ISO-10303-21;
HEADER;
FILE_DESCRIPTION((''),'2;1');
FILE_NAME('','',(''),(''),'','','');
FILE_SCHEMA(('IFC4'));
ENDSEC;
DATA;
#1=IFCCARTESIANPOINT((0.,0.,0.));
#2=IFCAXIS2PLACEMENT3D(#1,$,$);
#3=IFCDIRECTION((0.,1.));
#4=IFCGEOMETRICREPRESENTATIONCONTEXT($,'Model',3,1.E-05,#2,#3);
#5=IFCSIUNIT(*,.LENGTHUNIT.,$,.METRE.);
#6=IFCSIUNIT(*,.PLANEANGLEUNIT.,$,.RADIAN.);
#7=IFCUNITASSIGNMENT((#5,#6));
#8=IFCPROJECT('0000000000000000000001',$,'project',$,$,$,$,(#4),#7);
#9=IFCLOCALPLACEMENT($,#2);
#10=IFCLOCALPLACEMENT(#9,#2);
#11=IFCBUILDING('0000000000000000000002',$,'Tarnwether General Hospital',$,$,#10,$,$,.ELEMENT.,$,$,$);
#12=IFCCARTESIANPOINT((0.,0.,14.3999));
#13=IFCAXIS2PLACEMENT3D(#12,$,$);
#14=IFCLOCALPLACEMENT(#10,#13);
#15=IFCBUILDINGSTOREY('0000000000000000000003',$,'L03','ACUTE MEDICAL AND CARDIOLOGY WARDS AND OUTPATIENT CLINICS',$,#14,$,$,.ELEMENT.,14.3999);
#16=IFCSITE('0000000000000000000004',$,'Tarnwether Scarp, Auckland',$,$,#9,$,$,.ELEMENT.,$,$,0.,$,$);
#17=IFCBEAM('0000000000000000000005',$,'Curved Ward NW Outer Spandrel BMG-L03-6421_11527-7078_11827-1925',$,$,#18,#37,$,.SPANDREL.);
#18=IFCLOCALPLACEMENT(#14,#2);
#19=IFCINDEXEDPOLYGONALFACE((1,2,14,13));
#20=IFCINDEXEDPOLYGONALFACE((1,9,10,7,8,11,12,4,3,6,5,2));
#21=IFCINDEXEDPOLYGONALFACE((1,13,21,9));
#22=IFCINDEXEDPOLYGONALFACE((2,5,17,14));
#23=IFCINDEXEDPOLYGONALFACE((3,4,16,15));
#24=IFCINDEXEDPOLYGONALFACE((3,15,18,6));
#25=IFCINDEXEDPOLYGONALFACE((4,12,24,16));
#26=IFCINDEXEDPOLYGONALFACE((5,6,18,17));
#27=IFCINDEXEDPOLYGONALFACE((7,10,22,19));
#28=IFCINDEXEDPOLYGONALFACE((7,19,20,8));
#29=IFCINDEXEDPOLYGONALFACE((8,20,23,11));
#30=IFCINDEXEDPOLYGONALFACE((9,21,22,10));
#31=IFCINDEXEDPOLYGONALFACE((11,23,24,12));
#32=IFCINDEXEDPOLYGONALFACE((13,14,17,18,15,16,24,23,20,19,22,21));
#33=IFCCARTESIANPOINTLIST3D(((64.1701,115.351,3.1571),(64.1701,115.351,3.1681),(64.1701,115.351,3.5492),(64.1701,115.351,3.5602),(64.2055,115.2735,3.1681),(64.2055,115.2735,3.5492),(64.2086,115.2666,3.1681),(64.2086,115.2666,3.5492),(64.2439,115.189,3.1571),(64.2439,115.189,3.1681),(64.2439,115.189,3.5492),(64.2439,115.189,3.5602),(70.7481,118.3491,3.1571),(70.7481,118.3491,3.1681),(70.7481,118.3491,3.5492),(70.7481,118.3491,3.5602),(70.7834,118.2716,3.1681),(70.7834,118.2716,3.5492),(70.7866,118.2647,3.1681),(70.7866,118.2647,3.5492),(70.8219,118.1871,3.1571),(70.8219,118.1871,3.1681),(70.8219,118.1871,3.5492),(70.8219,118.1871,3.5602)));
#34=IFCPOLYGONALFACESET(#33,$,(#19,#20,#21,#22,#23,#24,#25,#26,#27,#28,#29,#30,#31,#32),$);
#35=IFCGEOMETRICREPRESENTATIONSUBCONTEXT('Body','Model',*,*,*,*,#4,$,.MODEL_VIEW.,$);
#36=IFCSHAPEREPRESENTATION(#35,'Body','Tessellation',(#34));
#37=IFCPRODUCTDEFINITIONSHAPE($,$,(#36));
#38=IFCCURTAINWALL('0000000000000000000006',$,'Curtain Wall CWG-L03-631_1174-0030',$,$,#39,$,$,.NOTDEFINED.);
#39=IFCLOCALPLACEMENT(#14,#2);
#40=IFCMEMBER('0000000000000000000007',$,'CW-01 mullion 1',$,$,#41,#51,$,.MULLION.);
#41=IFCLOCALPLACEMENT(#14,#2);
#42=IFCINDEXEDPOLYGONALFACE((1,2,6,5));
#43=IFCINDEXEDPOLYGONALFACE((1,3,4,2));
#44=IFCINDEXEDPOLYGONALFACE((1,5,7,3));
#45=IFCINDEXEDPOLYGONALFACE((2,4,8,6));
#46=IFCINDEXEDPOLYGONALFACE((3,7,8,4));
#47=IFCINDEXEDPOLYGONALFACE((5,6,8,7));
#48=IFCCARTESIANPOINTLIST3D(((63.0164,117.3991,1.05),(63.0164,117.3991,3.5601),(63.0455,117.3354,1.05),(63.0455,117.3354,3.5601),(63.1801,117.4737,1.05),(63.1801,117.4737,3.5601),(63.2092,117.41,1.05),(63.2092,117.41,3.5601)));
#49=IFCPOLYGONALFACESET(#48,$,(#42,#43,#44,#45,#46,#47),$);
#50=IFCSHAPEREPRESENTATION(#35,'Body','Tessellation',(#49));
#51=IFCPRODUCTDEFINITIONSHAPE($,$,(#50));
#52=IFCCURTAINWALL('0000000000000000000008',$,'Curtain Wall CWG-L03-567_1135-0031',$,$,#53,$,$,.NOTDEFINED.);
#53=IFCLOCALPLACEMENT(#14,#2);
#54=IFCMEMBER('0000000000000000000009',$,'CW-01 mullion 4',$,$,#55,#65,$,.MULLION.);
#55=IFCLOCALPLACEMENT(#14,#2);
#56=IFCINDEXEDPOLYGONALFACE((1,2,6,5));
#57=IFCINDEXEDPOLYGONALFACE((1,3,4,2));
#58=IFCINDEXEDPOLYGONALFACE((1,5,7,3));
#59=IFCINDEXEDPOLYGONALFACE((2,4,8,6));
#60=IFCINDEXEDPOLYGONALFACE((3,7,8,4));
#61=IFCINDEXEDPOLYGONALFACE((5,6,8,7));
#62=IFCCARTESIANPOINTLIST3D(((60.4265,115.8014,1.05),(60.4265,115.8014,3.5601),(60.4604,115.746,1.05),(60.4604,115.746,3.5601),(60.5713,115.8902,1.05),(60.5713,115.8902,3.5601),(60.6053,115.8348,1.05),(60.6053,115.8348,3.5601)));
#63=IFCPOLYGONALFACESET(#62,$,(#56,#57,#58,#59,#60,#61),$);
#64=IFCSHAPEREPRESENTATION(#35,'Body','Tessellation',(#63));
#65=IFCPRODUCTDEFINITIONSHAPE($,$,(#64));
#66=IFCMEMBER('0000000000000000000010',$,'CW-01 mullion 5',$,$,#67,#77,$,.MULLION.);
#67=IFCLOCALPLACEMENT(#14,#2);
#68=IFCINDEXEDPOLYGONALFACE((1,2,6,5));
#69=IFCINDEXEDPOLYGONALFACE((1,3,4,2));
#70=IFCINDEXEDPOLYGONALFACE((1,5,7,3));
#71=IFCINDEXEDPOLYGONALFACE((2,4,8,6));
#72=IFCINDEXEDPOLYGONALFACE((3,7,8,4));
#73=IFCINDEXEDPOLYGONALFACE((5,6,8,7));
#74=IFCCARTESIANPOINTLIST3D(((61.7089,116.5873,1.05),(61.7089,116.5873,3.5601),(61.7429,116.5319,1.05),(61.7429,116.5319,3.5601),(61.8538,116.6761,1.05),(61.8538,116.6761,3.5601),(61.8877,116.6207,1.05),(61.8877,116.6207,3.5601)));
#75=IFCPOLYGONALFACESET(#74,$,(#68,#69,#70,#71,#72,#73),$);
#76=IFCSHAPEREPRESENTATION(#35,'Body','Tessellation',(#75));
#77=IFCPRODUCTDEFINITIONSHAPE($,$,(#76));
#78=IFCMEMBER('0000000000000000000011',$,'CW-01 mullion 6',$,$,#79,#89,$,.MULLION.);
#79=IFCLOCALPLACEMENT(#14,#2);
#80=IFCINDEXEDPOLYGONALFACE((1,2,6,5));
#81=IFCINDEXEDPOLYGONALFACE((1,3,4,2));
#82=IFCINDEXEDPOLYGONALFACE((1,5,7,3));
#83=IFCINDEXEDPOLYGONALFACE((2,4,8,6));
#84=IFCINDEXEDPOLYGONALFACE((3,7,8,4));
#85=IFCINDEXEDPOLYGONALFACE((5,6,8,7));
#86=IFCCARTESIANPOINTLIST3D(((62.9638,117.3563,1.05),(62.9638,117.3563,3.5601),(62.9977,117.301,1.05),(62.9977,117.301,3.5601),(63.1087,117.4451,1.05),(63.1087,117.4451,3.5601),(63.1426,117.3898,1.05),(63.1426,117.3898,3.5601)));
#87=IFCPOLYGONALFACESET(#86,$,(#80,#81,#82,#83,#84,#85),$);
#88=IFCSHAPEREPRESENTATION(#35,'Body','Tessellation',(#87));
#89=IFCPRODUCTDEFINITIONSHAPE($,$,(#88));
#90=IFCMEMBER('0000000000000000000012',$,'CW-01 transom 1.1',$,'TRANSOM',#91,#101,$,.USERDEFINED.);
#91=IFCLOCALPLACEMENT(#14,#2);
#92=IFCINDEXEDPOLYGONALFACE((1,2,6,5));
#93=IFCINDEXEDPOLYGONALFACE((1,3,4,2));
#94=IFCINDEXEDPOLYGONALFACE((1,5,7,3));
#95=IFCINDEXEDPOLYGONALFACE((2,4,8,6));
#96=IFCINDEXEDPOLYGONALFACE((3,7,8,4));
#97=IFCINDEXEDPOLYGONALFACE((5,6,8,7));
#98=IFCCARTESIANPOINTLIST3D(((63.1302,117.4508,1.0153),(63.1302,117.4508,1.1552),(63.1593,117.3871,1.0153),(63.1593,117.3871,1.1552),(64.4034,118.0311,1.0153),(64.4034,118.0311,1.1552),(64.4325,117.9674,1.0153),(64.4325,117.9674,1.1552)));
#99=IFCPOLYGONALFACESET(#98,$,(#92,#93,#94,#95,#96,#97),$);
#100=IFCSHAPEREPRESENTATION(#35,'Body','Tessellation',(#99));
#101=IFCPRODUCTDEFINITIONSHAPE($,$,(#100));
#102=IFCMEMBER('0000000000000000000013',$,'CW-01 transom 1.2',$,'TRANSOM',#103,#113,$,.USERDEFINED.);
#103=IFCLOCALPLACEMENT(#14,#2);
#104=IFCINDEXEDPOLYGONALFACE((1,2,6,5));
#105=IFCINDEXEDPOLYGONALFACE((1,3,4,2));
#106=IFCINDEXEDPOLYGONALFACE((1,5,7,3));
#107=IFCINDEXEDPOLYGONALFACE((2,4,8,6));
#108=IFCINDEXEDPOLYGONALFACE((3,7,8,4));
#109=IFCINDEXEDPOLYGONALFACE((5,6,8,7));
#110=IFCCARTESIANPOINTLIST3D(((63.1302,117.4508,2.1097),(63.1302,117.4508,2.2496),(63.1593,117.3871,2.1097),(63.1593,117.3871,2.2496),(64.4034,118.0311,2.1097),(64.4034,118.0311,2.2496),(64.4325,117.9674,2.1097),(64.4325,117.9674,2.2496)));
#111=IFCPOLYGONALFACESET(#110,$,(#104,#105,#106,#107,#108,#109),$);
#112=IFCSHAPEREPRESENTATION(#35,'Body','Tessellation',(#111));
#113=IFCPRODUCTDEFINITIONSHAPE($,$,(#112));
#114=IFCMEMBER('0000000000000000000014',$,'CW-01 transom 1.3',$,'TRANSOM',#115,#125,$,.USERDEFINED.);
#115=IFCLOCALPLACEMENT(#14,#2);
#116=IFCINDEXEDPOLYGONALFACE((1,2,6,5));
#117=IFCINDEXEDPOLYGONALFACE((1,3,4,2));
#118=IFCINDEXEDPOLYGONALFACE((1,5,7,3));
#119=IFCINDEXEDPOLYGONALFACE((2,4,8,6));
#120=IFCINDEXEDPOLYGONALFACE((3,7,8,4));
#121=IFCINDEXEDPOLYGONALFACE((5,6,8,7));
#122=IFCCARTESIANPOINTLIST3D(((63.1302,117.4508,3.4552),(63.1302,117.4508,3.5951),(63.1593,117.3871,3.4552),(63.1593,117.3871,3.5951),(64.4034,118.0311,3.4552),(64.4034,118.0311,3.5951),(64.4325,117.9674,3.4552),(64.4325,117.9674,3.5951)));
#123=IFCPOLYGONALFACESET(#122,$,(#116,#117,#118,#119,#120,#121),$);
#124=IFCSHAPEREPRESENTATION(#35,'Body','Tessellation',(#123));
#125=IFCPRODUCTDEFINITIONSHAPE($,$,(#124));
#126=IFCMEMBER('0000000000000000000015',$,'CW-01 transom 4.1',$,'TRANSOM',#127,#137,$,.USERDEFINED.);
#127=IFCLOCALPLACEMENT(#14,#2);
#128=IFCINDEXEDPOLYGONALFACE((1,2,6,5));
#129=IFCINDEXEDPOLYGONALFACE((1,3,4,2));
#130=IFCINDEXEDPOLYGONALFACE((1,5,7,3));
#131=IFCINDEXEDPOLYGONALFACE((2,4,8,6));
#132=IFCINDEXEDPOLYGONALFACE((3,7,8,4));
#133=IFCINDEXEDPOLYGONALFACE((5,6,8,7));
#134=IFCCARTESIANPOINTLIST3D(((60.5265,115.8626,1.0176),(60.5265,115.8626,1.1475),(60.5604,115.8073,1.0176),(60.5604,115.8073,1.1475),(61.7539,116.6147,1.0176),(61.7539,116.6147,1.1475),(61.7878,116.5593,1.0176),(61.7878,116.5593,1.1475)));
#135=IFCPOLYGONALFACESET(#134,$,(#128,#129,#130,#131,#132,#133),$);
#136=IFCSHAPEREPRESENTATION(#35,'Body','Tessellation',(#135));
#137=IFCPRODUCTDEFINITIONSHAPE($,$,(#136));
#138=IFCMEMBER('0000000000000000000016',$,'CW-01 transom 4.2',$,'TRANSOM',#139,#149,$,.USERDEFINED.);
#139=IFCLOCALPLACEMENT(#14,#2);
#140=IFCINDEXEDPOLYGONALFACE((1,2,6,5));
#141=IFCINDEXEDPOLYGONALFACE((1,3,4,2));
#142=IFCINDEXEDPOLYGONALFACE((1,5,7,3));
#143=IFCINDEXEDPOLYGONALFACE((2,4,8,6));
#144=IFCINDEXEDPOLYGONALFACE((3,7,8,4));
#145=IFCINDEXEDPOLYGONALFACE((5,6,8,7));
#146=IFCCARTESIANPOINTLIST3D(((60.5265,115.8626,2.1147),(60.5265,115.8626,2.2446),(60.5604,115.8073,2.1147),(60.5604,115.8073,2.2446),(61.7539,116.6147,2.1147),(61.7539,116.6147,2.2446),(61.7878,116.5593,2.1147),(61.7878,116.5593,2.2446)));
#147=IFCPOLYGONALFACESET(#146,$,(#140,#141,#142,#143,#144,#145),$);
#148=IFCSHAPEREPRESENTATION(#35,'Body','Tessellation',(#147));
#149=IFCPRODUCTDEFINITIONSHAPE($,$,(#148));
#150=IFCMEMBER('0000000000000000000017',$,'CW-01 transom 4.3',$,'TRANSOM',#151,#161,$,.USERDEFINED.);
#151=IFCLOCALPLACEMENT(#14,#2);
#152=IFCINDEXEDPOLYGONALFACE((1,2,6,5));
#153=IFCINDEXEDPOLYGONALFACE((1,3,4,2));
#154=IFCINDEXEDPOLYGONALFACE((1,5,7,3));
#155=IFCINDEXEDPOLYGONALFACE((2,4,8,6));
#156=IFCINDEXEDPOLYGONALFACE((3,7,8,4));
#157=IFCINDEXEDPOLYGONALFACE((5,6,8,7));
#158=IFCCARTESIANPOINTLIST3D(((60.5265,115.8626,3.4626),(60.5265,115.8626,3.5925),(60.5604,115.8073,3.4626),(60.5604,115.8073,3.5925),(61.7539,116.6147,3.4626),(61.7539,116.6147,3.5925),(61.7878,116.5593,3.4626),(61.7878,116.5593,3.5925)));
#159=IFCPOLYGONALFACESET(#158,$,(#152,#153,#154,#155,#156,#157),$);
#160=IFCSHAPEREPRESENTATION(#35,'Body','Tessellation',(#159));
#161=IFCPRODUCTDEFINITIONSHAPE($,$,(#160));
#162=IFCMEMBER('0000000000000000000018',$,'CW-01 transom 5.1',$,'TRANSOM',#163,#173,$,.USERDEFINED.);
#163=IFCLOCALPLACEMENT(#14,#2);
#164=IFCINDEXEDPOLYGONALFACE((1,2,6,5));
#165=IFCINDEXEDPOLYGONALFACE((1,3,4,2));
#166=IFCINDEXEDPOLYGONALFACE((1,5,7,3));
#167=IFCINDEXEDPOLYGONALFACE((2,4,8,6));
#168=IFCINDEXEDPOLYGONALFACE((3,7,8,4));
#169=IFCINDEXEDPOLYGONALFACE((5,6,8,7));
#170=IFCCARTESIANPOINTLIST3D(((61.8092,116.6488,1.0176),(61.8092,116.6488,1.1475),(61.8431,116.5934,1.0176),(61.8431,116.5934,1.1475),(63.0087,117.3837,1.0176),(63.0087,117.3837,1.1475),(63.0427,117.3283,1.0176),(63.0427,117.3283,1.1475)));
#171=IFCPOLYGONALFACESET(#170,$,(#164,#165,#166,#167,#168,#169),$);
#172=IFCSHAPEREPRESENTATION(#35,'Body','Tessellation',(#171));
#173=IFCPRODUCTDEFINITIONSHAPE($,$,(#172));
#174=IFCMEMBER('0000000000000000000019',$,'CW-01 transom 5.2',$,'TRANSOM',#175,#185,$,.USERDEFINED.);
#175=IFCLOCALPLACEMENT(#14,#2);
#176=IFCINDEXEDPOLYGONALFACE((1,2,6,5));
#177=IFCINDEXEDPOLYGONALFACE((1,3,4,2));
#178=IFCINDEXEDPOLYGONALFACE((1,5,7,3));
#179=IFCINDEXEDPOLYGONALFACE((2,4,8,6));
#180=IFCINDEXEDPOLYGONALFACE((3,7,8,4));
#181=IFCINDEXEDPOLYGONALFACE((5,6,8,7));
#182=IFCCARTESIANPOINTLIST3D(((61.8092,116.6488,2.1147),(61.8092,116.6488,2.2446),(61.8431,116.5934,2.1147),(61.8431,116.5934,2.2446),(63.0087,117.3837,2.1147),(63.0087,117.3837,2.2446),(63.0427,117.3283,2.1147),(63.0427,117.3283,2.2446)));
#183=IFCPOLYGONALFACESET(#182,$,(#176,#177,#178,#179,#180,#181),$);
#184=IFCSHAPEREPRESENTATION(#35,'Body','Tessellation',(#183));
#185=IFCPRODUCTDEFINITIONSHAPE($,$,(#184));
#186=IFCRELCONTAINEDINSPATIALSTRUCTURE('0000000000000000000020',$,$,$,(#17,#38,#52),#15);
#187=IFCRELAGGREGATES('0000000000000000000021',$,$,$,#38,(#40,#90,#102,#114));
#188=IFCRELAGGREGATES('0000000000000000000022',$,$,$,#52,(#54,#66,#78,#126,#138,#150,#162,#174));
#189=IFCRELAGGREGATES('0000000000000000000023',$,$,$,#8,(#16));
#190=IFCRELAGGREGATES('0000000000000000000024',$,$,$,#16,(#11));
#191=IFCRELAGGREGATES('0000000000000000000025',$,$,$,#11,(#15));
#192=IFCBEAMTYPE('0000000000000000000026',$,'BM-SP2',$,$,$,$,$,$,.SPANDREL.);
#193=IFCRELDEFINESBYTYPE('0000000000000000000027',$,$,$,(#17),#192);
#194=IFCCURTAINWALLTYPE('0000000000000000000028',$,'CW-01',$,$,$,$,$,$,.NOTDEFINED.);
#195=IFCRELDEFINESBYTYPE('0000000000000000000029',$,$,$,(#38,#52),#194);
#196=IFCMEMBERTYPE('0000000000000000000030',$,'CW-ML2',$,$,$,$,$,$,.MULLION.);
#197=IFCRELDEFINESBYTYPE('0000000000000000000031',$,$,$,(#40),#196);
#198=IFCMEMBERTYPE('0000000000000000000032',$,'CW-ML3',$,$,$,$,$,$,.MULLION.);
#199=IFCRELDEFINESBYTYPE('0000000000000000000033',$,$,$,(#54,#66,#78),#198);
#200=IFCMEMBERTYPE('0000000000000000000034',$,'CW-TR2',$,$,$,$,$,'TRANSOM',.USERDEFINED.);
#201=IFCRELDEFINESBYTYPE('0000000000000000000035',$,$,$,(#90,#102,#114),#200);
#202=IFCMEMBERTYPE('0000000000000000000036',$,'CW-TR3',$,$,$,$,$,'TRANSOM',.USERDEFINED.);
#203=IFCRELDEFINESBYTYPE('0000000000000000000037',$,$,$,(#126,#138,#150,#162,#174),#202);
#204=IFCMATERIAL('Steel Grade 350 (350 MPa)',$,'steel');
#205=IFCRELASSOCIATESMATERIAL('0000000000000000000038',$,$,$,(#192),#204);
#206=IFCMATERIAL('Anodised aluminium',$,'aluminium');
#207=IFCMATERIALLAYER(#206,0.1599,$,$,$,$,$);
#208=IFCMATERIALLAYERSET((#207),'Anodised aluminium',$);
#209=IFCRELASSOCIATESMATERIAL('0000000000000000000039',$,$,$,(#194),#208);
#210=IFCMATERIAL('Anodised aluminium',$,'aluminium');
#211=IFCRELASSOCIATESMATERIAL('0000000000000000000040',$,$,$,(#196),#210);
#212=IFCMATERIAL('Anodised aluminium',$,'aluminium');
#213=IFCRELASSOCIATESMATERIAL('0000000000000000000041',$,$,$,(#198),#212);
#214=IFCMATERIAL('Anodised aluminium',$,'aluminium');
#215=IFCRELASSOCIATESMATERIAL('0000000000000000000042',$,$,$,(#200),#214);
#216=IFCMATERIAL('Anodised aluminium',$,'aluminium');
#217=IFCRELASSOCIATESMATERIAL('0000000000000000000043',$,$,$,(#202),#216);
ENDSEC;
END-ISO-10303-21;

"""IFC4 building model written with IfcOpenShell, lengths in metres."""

from ifc_helpers import new_model, si_unit, direction, frame, origin, origin_2d, place, context, subcontext, project, spatial, rectangle, i_section, extrude, material, layer, layer_set, material_profile, profile_set, type_object, element, aggregate, save


model = new_model("IFC4")

# Units and contexts
model_context = context("Model", 3, precision=1e-05, world=origin(), true_north=direction((0.0, 1.0)))
body_context = subcontext(model_context, "Body", "Model", "MODEL_VIEW")
ifc_project = project(units=[si_unit("LENGTHUNIT", "METRE"), si_unit("PLANEANGLEUNIT", "RADIAN")], contexts=[model_context])

# Site, building, storey
site_placement = place(None, origin())
site = spatial("IfcSite", under=ifc_project, at=site_placement, Name="Tarnwether Scarp, Auckland", CompositionType="ELEMENT", RefElevation=0.0)
building_placement = place(site_placement, origin())
building = spatial("IfcBuilding", under=site, at=building_placement, Name="Tarnwether General Hospital", CompositionType="ELEMENT")
storey_placement = place(building_placement, frame((0.0, 0.0, 14.3999)))
storey = spatial("IfcBuildingStorey", under=building, at=storey_placement, Name="L03", Description="ACUTE MEDICAL AND CARDIOLOGY WARDS AND OUTPATIENT CLINICS", CompositionType="ELEMENT", Elevation=14.3999)

# Beam
ifc_material_1 = material(Name="Steel Grade 350 (350 MPa)", Category="steel")
ifc_material_profile_1 = material_profile(ifc_material_1, i_section(OverallWidth=0.178, OverallDepth=0.4031, WebThickness=0.0076, FlangeThickness=0.011, at=origin_2d()), Name="410UB53.7")
ifc_profile_set_1 = profile_set([ifc_material_profile_1], Name="Steel Grade 350 (350 MPa)")
beam_type = type_object("IfcBeamType", Name="BM-SP2", PredefinedType="SPANDREL", material=ifc_profile_set_1)
beam_placement = place(storey_placement, frame((64.207, 115.27, 3.3586), z_axis=(0.909944, 0.414731, 0.0), x_axis=(-0.414731, 0.909944, 0.0)))
element("IfcBeam", 1, at=beam_placement, inside=storey, type_object=beam_type, Name="Curved Ward NW Outer Spandrel BMG-L03-6421_11527-7078_11827-1925", PredefinedType="SPANDREL", context=body_context, shape_type="SweptSolid", body=[
    extrude(i_section(OverallWidth=0.178, OverallDepth=0.4031, WebThickness=0.0076, FlangeThickness=0.011, at=origin_2d()), origin(), (0.0, 0.0, 1.0), 7.229),
])

# Curtain wall, member
ifc_material_2 = material(Name="Anodised aluminium", Category="aluminium")
ifc_layer_1 = layer(ifc_material_2, 0.1599)
ifc_layer_set_1 = layer_set([ifc_layer_1], Name="Anodised aluminium")
curtain_wall_type = type_object("IfcCurtainWallType", Name="CW-01", PredefinedType="NOTDEFINED", material=ifc_layer_set_1)
curtain_wall_1_placement = place(storey_placement, origin())
curtain_wall_1 = element("IfcCurtainWall", 2, at=curtain_wall_1_placement, inside=storey, type_object=curtain_wall_type, Name="Curtain Wall CWG-L03-631_1174-0030", PredefinedType="NOTDEFINED")
ifc_material_3 = material(Name="Anodised aluminium", Category="aluminium")
ifc_material_profile_2 = material_profile(ifc_material_3, rectangle(XDim=0.0701, YDim=0.1799, at=origin_2d()), Name="ALU-MUL-70x180")
ifc_profile_set_2 = profile_set([ifc_material_profile_2], Name="Anodised aluminium")
member_type_1 = type_object("IfcMemberType", Name="CW-ML2", PredefinedType="MULLION", material=ifc_profile_set_2)
member_1_placement = place(storey_placement, frame((63.1128, 117.4045, 1.05), z_axis=(0.0, 0.0, 1.0), x_axis=(-0.414694, 0.909961, 0.0)))
member_1 = element("IfcMember", 3, at=member_1_placement, type_object=member_type_1, Name="CW-01 mullion 1", PredefinedType="MULLION", context=body_context, shape_type="SweptSolid", body=[
    extrude(rectangle(XDim=0.0701, YDim=0.1799, at=origin_2d()), origin(), (0.0, 0.0, 1.0), 2.51),
])

# Curtain wall, members
curtain_wall_2_placement = place(storey_placement, origin())
curtain_wall_2 = element("IfcCurtainWall", 4, at=curtain_wall_2_placement, inside=storey, type_object=curtain_wall_type, Name="Curtain Wall CWG-L03-567_1135-0031", PredefinedType="NOTDEFINED")
ifc_material_4 = material(Name="Anodised aluminium", Category="aluminium")
ifc_material_profile_3 = material_profile(ifc_material_4, rectangle(XDim=0.0649, YDim=0.1699, at=origin_2d()), Name="ALU-MUL-65x170")
ifc_profile_set_3 = profile_set([ifc_material_profile_3], Name="Anodised aluminium")
member_type_2 = type_object("IfcMemberType", Name="CW-ML3", PredefinedType="MULLION", material=ifc_profile_set_3)
member_2_placement = place(storey_placement, frame((60.5159, 115.8181, 1.05), z_axis=(0.0, 0.0, 1.0), x_axis=(-0.522509, 0.852634, 0.0)))
member_2 = element("IfcMember", 5, at=member_2_placement, type_object=member_type_2, Name="CW-01 mullion 4", PredefinedType="MULLION", context=body_context, shape_type="SweptSolid", body=[
    extrude(rectangle(XDim=0.0649, YDim=0.1699, at=origin_2d()), origin(), (0.0, 0.0, 1.0), 2.51),
])
member_3_placement = place(storey_placement, frame((61.7983, 116.604, 1.05), z_axis=(0.0, 0.0, 1.0), x_axis=(-0.522509, 0.852634, 0.0)))
member_3 = element("IfcMember", 6, at=member_3_placement, type_object=member_type_2, Name="CW-01 mullion 5", PredefinedType="MULLION", context=body_context, shape_type="SweptSolid", body=[
    extrude(rectangle(XDim=0.0649, YDim=0.1699, at=origin_2d()), origin(), (0.0, 0.0, 1.0), 2.51),
])
member_4_placement = place(storey_placement, frame((63.0532, 117.373, 1.05), z_axis=(0.0, 0.0, 1.0), x_axis=(-0.522509, 0.852634, 0.0)))
member_4 = element("IfcMember", 7, at=member_4_placement, type_object=member_type_2, Name="CW-01 mullion 6", PredefinedType="MULLION", context=body_context, shape_type="SweptSolid", body=[
    extrude(rectangle(XDim=0.0649, YDim=0.1699, at=origin_2d()), origin(), (0.0, 0.0, 1.0), 2.51),
])

# Members
ifc_material_5 = material(Name="Anodised aluminium", Category="aluminium")
ifc_material_profile_4 = material_profile(ifc_material_5, rectangle(XDim=0.0701, YDim=0.1399, at=origin_2d()), Name="ALU-TRN-70x140")
ifc_profile_set_4 = profile_set([ifc_material_profile_4], Name="Anodised aluminium")
member_type_3 = type_object("IfcMemberType", Name="CW-TR2", ElementType="TRANSOM", PredefinedType="USERDEFINED", material=ifc_profile_set_4)
member_5_placement = place(storey_placement, frame((63.1448, 117.4189, 1.0852), z_axis=(0.909936, 0.414749, 0.0), x_axis=(-0.414749, 0.909936, 0.0)))
member_5 = element("IfcMember", 8, at=member_5_placement, type_object=member_type_3, Name="CW-01 transom 1.1", ObjectType="TRANSOM", PredefinedType="USERDEFINED", context=body_context, shape_type="SweptSolid", body=[
    extrude(rectangle(XDim=0.0701, YDim=0.1399, at=origin_2d()), origin(), (0.0, 0.0, 1.0), 1.3992),
])
member_6_placement = place(storey_placement, frame((63.1448, 117.4189, 2.1797), z_axis=(0.909936, 0.414749, 0.0), x_axis=(-0.414749, 0.909936, 0.0)))
member_6 = element("IfcMember", 9, at=member_6_placement, type_object=member_type_3, Name="CW-01 transom 1.2", ObjectType="TRANSOM", PredefinedType="USERDEFINED", context=body_context, shape_type="SweptSolid", body=[
    extrude(rectangle(XDim=0.0701, YDim=0.1399, at=origin_2d()), origin(), (0.0, 0.0, 1.0), 1.3992),
])
member_7_placement = place(storey_placement, frame((63.1448, 117.4189, 3.5251), z_axis=(0.909936, 0.414749, 0.0), x_axis=(-0.414749, 0.909936, 0.0)))
member_7 = element("IfcMember", 10, at=member_7_placement, type_object=member_type_3, Name="CW-01 transom 1.3", ObjectType="TRANSOM", PredefinedType="USERDEFINED", context=body_context, shape_type="SweptSolid", body=[
    extrude(rectangle(XDim=0.0701, YDim=0.1399, at=origin_2d()), origin(), (0.0, 0.0, 1.0), 1.3992),
])
ifc_material_6 = material(Name="Anodised aluminium", Category="aluminium")
ifc_material_profile_5 = material_profile(ifc_material_6, rectangle(XDim=0.0649, YDim=0.1299, at=origin_2d()), Name="ALU-TRN-65x130")
ifc_profile_set_5 = profile_set([ifc_material_profile_5], Name="Anodised aluminium")
member_type_4 = type_object("IfcMemberType", Name="CW-TR3", ElementType="TRANSOM", PredefinedType="USERDEFINED", material=ifc_profile_set_5)
member_8_placement = place(storey_placement, frame((60.5435, 115.835, 1.0825), z_axis=(0.852682, 0.522431, 0.0), x_axis=(-0.522431, 0.852682, 0.0)))
member_8 = element("IfcMember", 11, at=member_8_placement, type_object=member_type_4, Name="CW-01 transom 4.1", ObjectType="TRANSOM", PredefinedType="USERDEFINED", context=body_context, shape_type="SweptSolid", body=[
    extrude(rectangle(XDim=0.0649, YDim=0.1299, at=origin_2d()), origin(), (0.0, 0.0, 1.0), 1.4395),
])
member_9_placement = place(storey_placement, frame((60.5435, 115.835, 2.1797), z_axis=(0.852682, 0.522431, 0.0), x_axis=(-0.522431, 0.852682, 0.0)))
member_9 = element("IfcMember", 12, at=member_9_placement, type_object=member_type_4, Name="CW-01 transom 4.2", ObjectType="TRANSOM", PredefinedType="USERDEFINED", context=body_context, shape_type="SweptSolid", body=[
    extrude(rectangle(XDim=0.0649, YDim=0.1299, at=origin_2d()), origin(), (0.0, 0.0, 1.0), 1.4395),
])
member_10_placement = place(storey_placement, frame((60.5435, 115.835, 3.5276), z_axis=(0.852682, 0.522431, 0.0), x_axis=(-0.522431, 0.852682, 0.0)))
member_10 = element("IfcMember", 13, at=member_10_placement, type_object=member_type_4, Name="CW-01 transom 4.3", ObjectType="TRANSOM", PredefinedType="USERDEFINED", context=body_context, shape_type="SweptSolid", body=[
    extrude(rectangle(XDim=0.0649, YDim=0.1299, at=origin_2d()), origin(), (0.0, 0.0, 1.0), 1.4395),
])
member_11_placement = place(storey_placement, frame((61.8262, 116.6211, 1.0825), z_axis=(0.852694, 0.522411, 0.0), x_axis=(-0.522411, 0.852694, 0.0)))
member_11 = element("IfcMember", 14, at=member_11_placement, type_object=member_type_4, Name="CW-01 transom 5.1", ObjectType="TRANSOM", PredefinedType="USERDEFINED", context=body_context, shape_type="SweptSolid", body=[
    extrude(rectangle(XDim=0.0649, YDim=0.1299, at=origin_2d()), origin(), (0.0, 0.0, 1.0), 1.4067),
])
member_12_placement = place(storey_placement, frame((61.8262, 116.6211, 2.1797), z_axis=(0.852694, 0.522411, 0.0), x_axis=(-0.522411, 0.852694, 0.0)))
member_12 = element("IfcMember", 15, at=member_12_placement, type_object=member_type_4, Name="CW-01 transom 5.2", ObjectType="TRANSOM", PredefinedType="USERDEFINED", context=body_context, shape_type="SweptSolid", body=[
    extrude(rectangle(XDim=0.0649, YDim=0.1299, at=origin_2d()), origin(), (0.0, 0.0, 1.0), 1.4067),
])

aggregate(curtain_wall_1, [member_1, member_5, member_6, member_7])
aggregate(curtain_wall_2, [member_2, member_3, member_4, member_8, member_9, member_10, member_11, member_12])

save(model, "model.ifc")
